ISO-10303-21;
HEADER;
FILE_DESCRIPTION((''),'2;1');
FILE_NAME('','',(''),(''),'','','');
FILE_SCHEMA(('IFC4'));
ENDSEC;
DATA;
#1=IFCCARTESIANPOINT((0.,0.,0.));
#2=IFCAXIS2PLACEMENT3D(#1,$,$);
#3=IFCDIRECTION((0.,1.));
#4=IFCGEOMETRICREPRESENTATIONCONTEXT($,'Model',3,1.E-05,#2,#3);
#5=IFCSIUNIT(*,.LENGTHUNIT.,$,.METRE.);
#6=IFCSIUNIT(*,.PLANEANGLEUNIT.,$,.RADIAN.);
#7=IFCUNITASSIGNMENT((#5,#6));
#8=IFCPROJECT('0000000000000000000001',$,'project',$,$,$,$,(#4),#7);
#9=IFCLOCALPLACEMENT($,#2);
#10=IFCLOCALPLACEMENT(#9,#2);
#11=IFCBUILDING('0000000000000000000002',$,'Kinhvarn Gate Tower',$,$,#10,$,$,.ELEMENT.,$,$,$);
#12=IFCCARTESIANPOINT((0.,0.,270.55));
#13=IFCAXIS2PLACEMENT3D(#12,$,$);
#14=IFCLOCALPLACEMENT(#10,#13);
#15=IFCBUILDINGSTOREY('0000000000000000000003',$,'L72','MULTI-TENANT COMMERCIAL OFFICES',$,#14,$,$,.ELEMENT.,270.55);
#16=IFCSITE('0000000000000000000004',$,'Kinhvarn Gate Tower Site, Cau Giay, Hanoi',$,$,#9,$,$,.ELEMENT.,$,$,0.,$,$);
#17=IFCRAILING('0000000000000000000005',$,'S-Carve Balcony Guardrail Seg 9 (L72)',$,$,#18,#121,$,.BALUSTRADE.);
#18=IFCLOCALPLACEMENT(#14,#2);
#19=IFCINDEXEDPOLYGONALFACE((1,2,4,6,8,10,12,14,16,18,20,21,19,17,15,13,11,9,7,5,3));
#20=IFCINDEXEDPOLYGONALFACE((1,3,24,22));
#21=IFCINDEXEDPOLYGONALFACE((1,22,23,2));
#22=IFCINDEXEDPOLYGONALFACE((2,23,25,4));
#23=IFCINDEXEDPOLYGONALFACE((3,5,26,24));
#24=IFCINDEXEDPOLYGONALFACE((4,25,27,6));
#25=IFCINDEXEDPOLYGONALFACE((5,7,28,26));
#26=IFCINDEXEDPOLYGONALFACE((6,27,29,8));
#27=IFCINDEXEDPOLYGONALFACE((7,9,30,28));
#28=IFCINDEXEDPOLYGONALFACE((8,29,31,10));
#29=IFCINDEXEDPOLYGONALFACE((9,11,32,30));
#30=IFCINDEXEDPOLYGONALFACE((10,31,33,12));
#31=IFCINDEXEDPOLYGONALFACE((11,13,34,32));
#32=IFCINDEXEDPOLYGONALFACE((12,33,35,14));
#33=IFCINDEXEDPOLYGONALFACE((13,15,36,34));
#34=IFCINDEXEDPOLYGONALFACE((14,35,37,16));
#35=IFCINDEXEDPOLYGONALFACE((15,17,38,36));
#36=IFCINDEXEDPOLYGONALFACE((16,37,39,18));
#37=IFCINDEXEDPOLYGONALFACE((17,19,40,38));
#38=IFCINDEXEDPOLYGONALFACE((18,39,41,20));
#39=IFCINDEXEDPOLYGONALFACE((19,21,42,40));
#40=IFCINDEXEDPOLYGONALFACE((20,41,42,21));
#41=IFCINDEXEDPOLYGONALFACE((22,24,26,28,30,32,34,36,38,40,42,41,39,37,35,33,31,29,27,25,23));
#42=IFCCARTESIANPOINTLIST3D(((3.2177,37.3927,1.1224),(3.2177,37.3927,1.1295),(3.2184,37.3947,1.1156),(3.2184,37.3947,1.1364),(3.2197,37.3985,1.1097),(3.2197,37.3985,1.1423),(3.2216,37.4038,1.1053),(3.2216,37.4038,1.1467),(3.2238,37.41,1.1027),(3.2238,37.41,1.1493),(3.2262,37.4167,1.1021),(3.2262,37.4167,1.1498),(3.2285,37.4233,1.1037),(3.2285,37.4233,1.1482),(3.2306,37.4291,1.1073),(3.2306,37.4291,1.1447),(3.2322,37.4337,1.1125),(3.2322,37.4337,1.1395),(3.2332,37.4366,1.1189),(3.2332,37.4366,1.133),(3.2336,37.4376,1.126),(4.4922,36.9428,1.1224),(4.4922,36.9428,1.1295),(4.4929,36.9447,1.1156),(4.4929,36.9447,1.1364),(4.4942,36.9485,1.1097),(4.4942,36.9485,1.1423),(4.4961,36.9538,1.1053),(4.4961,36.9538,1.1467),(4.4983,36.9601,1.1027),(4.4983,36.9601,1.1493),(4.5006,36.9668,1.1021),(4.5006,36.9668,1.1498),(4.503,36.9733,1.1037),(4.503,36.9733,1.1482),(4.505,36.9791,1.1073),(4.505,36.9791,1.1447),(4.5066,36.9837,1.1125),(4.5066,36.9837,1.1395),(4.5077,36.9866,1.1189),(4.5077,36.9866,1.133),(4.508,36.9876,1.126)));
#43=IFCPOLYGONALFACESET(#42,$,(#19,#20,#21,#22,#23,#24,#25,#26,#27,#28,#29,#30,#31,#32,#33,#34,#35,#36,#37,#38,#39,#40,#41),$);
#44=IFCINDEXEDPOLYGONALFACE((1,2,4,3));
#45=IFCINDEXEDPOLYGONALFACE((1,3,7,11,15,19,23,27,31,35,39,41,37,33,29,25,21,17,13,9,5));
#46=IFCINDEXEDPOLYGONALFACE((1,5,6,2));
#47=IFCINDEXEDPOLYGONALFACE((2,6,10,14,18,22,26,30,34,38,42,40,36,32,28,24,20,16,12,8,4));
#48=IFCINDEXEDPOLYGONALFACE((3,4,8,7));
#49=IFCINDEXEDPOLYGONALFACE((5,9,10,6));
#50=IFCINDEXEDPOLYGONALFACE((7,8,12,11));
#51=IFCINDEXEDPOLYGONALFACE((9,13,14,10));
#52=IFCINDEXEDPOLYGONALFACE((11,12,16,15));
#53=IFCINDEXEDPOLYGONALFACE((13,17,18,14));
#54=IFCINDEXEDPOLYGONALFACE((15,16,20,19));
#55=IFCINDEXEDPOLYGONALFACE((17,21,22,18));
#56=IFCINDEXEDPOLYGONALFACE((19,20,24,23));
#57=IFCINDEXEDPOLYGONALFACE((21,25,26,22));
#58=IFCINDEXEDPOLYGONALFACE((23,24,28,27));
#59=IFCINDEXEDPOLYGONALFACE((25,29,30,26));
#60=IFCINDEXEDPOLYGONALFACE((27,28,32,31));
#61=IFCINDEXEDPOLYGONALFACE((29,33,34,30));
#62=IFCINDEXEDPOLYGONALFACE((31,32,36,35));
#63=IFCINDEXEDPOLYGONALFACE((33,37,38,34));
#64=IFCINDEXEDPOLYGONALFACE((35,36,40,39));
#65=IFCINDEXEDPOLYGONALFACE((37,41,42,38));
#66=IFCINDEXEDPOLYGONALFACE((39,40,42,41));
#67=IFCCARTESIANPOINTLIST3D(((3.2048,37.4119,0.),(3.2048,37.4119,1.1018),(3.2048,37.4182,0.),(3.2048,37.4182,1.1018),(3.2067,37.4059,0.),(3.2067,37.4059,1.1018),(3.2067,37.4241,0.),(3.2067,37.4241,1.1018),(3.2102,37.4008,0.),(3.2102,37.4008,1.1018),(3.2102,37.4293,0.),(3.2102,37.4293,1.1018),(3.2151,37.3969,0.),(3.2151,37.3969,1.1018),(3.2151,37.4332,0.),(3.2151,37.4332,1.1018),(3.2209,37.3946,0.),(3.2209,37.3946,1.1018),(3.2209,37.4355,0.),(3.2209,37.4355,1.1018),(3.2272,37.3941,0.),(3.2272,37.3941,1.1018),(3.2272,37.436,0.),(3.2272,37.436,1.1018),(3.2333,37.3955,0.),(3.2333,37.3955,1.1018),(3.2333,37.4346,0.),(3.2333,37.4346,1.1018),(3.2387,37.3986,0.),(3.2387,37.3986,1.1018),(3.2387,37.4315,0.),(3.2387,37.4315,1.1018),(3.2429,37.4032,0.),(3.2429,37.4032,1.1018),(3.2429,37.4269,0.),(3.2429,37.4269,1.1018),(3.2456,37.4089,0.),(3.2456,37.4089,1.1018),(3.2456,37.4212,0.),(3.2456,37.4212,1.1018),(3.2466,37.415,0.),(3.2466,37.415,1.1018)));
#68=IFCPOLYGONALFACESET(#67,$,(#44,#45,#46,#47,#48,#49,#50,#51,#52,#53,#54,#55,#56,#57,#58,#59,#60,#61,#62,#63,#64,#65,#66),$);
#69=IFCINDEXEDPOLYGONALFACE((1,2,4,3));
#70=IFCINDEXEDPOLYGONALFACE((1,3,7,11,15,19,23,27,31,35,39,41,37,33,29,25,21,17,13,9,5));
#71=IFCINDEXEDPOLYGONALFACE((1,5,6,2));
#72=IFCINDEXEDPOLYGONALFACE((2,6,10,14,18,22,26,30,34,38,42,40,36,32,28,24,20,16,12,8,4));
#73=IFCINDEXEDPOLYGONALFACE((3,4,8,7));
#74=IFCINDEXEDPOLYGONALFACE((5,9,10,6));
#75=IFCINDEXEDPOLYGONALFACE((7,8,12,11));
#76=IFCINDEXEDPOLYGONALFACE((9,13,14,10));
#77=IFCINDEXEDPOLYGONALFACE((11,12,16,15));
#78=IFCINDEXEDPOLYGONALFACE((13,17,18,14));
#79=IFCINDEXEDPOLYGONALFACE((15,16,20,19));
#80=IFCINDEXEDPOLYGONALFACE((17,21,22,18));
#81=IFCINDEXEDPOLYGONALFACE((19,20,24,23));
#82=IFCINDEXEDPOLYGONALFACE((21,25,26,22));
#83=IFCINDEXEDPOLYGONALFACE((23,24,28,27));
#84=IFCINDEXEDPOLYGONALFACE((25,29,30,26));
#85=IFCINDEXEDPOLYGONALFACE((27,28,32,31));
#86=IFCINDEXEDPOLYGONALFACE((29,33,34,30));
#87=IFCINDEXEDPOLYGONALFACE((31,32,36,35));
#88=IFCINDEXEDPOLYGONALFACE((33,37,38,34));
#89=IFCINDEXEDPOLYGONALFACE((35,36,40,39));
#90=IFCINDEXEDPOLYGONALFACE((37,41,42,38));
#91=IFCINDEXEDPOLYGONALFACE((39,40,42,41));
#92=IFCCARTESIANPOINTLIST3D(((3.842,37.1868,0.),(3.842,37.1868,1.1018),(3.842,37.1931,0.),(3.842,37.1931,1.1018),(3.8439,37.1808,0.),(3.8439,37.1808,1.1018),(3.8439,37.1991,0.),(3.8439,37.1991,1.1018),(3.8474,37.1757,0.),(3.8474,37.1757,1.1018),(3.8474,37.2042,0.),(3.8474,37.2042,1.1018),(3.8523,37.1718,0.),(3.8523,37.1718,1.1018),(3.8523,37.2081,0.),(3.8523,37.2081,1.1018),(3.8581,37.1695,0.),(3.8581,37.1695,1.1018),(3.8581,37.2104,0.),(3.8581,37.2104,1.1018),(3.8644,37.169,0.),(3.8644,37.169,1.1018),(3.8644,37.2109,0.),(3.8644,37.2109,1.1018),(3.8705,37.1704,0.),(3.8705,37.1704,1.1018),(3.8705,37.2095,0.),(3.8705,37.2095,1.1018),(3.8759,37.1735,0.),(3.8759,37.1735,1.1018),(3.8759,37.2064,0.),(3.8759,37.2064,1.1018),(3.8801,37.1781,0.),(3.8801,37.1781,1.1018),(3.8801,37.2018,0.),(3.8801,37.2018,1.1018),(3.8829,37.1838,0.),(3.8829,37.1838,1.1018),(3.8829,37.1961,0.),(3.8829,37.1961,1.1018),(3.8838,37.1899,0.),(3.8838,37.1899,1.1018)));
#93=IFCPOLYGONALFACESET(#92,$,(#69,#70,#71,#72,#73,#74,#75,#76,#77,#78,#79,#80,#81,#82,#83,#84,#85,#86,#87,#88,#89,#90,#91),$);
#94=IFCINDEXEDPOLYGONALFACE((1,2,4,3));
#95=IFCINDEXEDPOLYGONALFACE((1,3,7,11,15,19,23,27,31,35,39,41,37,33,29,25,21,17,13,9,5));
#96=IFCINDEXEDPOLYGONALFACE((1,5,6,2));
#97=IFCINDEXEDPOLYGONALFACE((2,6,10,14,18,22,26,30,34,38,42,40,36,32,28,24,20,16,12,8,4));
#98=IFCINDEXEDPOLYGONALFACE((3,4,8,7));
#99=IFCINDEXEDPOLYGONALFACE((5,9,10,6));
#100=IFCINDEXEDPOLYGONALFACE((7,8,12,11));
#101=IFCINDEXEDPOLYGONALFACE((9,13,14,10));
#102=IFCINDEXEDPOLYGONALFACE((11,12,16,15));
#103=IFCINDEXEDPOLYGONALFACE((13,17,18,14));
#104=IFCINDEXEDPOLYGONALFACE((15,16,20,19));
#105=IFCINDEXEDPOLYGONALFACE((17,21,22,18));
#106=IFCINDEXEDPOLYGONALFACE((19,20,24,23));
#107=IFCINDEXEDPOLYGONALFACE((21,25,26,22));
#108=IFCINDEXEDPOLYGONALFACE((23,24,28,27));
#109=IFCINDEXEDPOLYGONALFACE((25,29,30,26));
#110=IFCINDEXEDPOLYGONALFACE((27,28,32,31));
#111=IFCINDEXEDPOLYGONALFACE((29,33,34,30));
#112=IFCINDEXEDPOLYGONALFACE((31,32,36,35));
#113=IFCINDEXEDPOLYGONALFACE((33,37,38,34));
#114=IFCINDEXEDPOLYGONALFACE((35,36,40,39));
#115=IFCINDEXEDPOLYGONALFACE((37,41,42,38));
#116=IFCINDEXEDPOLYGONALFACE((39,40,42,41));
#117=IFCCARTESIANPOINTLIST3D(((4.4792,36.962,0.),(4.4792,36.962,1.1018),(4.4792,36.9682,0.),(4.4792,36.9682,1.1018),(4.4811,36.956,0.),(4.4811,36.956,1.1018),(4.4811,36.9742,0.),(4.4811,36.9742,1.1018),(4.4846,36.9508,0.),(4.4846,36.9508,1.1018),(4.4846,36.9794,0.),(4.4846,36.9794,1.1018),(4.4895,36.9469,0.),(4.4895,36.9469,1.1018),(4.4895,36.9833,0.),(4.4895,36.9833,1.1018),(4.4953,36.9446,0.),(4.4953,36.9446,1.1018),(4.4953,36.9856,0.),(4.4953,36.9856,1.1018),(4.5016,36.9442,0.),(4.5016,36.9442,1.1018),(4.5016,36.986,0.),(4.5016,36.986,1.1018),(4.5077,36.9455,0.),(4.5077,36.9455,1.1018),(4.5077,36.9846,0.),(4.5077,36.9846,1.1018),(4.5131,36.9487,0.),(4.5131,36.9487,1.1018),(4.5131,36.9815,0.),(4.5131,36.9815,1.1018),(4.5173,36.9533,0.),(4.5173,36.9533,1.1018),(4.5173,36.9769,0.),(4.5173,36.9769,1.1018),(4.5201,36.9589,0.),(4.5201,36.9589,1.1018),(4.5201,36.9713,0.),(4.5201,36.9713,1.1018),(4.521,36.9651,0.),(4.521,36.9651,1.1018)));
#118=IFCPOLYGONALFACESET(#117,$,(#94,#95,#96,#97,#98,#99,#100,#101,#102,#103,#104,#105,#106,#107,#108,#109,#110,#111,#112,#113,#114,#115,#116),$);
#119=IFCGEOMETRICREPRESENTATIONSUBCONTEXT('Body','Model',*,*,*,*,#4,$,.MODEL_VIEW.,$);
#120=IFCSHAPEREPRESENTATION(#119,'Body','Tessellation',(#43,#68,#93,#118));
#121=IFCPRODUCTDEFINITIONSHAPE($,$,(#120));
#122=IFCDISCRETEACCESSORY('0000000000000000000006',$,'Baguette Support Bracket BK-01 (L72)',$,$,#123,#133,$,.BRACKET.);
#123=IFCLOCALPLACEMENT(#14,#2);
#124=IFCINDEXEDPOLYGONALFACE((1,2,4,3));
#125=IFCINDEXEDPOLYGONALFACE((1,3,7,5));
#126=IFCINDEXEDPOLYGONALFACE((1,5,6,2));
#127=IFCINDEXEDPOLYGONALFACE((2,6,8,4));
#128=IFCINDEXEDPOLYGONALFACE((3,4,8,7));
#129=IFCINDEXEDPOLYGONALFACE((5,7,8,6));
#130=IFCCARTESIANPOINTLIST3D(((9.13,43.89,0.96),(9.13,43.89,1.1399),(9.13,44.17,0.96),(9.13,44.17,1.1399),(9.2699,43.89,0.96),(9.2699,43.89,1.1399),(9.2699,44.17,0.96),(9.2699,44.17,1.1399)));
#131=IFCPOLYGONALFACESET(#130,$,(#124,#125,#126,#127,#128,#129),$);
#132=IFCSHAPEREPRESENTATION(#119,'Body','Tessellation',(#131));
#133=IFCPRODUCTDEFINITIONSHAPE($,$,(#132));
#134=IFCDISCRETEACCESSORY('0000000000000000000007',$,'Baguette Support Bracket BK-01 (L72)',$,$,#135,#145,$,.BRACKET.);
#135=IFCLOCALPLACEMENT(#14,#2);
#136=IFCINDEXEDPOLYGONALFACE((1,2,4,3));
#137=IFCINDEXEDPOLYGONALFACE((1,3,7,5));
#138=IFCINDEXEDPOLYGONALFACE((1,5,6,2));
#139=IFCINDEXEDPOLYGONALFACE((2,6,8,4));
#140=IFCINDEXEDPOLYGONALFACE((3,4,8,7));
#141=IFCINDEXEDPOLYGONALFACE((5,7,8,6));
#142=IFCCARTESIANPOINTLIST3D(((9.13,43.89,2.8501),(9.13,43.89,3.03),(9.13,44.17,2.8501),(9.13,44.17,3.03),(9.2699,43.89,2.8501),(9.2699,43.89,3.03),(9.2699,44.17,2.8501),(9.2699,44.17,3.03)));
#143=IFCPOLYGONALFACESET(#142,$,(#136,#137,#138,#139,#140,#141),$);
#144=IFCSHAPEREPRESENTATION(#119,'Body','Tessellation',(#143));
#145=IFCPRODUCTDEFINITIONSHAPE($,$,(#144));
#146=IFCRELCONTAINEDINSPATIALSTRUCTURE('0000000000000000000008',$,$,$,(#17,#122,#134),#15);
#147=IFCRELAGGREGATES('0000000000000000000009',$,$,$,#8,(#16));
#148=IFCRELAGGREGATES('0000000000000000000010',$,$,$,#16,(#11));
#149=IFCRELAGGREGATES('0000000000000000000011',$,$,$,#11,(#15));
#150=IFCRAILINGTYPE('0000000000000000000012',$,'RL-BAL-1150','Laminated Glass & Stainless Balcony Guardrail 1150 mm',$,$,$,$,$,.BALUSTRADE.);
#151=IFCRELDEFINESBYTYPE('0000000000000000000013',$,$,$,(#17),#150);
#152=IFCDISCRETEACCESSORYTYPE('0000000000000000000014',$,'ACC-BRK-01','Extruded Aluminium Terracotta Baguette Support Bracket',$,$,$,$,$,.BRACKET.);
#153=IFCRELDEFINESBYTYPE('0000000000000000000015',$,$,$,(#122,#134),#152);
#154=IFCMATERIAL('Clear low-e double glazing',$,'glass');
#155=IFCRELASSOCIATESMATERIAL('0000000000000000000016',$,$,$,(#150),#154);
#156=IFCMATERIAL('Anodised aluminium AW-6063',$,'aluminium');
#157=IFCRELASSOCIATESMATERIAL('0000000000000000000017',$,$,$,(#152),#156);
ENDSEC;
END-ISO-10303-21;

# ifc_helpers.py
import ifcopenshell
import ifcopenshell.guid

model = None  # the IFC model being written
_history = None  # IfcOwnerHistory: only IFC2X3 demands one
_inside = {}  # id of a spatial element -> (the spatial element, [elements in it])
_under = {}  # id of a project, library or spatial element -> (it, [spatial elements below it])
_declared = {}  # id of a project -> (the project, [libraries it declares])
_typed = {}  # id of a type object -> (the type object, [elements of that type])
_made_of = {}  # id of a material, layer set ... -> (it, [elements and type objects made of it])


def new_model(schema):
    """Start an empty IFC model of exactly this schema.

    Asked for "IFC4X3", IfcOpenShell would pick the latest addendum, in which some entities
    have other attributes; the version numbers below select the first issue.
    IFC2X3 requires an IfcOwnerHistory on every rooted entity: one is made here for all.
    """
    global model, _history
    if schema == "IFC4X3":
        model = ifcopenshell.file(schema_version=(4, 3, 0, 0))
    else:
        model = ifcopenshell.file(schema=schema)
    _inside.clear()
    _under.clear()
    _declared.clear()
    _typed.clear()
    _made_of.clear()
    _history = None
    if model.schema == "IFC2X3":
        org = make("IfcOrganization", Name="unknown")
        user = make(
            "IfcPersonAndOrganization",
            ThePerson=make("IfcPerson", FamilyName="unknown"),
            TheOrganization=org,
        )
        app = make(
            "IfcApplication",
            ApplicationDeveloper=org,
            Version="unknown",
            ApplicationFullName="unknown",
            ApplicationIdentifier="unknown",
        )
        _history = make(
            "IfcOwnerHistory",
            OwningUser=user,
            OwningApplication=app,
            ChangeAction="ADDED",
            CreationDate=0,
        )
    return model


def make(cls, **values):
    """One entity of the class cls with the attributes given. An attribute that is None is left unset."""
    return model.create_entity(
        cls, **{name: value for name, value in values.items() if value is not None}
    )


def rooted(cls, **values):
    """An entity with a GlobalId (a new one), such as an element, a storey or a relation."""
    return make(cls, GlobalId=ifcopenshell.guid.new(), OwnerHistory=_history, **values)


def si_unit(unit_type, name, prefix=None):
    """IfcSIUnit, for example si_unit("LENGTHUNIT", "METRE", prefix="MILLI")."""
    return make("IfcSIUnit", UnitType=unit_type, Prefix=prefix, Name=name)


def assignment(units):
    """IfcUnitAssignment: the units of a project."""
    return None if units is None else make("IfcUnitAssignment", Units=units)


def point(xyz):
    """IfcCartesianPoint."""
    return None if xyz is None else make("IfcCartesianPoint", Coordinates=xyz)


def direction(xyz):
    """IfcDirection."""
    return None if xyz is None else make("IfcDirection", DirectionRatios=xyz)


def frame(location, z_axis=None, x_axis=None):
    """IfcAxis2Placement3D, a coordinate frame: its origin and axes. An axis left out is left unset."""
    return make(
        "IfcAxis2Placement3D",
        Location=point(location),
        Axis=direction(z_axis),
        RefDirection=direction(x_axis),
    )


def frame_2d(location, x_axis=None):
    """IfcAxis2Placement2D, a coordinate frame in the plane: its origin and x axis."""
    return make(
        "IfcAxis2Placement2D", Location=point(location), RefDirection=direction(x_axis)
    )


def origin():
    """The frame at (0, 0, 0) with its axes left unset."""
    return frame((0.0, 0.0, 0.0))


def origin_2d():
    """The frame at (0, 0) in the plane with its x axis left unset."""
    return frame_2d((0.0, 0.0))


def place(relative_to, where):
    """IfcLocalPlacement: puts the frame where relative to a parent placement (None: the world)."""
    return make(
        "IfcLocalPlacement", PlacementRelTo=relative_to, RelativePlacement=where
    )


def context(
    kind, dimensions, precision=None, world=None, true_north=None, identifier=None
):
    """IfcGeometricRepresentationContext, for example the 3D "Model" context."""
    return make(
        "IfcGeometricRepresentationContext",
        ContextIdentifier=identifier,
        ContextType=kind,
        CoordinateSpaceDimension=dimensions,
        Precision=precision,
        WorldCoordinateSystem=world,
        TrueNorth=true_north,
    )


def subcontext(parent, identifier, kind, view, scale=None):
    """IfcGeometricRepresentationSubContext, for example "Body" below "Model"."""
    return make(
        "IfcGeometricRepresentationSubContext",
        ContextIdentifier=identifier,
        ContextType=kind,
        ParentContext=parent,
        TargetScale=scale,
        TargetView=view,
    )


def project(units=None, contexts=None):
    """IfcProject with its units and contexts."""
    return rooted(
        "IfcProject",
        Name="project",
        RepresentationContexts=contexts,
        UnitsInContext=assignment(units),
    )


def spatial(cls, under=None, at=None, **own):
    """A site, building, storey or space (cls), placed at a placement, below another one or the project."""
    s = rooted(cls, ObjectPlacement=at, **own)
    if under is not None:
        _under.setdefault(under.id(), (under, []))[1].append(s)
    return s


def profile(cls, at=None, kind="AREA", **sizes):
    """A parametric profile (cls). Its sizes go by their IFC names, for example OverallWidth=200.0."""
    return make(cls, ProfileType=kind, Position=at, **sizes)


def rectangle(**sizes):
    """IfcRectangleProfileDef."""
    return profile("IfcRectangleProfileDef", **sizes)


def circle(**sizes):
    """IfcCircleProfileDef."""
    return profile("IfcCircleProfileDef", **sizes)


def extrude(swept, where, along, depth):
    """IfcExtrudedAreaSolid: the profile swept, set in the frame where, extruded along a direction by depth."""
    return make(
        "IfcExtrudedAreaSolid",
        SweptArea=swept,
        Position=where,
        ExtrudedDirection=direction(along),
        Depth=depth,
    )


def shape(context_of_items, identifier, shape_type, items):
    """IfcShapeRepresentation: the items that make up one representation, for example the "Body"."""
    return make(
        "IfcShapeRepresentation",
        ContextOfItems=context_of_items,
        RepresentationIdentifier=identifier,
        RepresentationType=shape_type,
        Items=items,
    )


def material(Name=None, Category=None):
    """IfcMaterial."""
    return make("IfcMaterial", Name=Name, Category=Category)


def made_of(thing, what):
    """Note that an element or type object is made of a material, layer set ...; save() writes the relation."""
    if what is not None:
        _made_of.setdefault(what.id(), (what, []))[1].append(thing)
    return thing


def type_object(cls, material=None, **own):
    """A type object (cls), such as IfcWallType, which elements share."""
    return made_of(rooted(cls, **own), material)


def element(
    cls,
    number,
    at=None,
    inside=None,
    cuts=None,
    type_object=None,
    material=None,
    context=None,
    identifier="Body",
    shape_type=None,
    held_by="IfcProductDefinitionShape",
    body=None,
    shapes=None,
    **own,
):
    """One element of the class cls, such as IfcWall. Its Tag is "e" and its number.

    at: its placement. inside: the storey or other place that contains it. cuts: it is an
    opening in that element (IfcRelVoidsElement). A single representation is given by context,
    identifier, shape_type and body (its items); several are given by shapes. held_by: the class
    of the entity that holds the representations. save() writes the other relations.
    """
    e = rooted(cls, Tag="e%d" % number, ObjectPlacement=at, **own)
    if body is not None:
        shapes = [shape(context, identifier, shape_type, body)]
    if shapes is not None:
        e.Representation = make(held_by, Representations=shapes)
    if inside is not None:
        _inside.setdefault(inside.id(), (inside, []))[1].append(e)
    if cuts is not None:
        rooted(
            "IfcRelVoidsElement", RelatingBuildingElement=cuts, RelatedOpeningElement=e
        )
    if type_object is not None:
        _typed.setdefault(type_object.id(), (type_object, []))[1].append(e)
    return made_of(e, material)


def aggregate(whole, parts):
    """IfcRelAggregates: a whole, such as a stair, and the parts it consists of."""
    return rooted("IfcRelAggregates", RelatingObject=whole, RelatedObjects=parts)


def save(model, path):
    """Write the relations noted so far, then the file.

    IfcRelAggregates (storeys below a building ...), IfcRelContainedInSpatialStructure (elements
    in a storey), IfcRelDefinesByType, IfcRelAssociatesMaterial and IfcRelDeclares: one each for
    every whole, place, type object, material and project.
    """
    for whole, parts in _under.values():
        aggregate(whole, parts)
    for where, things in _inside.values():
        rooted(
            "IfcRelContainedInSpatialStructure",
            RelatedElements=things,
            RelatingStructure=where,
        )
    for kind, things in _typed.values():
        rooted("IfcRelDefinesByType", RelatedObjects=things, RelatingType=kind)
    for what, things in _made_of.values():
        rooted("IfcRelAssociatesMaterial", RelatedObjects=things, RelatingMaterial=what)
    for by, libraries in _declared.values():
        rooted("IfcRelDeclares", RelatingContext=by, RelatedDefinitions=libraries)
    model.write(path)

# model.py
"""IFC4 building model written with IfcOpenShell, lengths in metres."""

from ifc_helpers import new_model, si_unit, direction, frame, origin, origin_2d, place, context, subcontext, project, spatial, rectangle, circle, extrude, material, type_object, element, save


model = new_model("IFC4")

# Units and contexts
model_context = context("Model", 3, precision=1e-05, world=origin(), true_north=direction((0.0, 1.0)))
body_context = subcontext(model_context, "Body", "Model", "MODEL_VIEW")
ifc_project = project(units=[si_unit("LENGTHUNIT", "METRE"), si_unit("PLANEANGLEUNIT", "RADIAN")], contexts=[model_context])

# Site, building, storey
site_placement = place(None, origin())
site = spatial("IfcSite", under=ifc_project, at=site_placement, Name="Kinhvarn Gate Tower Site, Cau Giay, Hanoi", CompositionType="ELEMENT", RefElevation=0.0)
building_placement = place(site_placement, origin())
building = spatial("IfcBuilding", under=site, at=building_placement, Name="Kinhvarn Gate Tower", CompositionType="ELEMENT")
storey_placement = place(building_placement, frame((0.0, 0.0, 270.55)))
storey = spatial("IfcBuildingStorey", under=building, at=storey_placement, Name="L72", Description="MULTI-TENANT COMMERCIAL OFFICES", CompositionType="ELEMENT", Elevation=270.55)

# Shared definitions
ifc_material_1 = material(Name="Anodised aluminium AW-6063", Category="aluminium")

# Shared definitions
ifc_material_2 = material(Name="Clear low-e double glazing", Category="glass")

# Railing
railing_type = type_object("IfcRailingType", Name="RL-BAL-1150", Description="Laminated Glass & Stainless Balcony Guardrail 1150 mm", PredefinedType="BALUSTRADE", material=ifc_material_2)
railing_1_placement = place(storey_placement, frame((3.2256, 37.415, 0.0)))
element("IfcRailing", 1, at=railing_1_placement, inside=storey, type_object=railing_type, Name="S-Carve Balcony Guardrail Seg 9 (L72)", PredefinedType="BALUSTRADE", context=body_context, shape_type="SweptSolid", body=[
    extrude(circle(Radius=0.0239, at=origin_2d()), frame((0.0, 0.0, 1.126), z_axis=(0.942954, -0.332924, 0.0), x_axis=(0.332924, 0.942954, 0.0)), (0.0, 0.0, 1.0), 1.3516),
    extrude(circle(Radius=0.021, at=origin_2d()), origin(), (0.0, 0.0, 1.0), 1.1018),
    extrude(circle(Radius=0.021, at=origin_2d()), frame((0.6372, -0.2251, 0.0)), (0.0, 0.0, 1.0), 1.1018),
    extrude(circle(Radius=0.021, at=origin_2d()), frame((1.2744, -0.45, 0.0)), (0.0, 0.0, 1.0), 1.1018),
])

# Discrete accessories
discrete_accessory_type = type_object("IfcDiscreteAccessoryType", Name="ACC-BRK-01", Description="Extruded Aluminium Terracotta Baguette Support Bracket", PredefinedType="BRACKET", material=ifc_material_1)
for number, where, z_axis, x_axis, name in (
    (2, (9.2, 44.03, 0.96), (0.0, 0.0, 1.0), (-1.0, 0.0, 0.0), "Baguette Support Bracket BK-01 (L72)"),
    (3, (9.2, 44.03, 2.8501), (0.0, 0.0, 1.0), (-1.0, 0.0, 0.0), "Baguette Support Bracket BK-01 (L72)"),
):
    element("IfcDiscreteAccessory", number, at=place(storey_placement, frame(where, z_axis=z_axis, x_axis=x_axis)), inside=storey, type_object=discrete_accessory_type, Name=name, PredefinedType="BRACKET", context=body_context, shape_type="SweptSolid", body=[
        extrude(rectangle(XDim=0.1399, YDim=0.28, at=origin_2d()), origin(), (0.0, 0.0, 1.0), 0.1799),
    ])

save(model, "model.ifc")
